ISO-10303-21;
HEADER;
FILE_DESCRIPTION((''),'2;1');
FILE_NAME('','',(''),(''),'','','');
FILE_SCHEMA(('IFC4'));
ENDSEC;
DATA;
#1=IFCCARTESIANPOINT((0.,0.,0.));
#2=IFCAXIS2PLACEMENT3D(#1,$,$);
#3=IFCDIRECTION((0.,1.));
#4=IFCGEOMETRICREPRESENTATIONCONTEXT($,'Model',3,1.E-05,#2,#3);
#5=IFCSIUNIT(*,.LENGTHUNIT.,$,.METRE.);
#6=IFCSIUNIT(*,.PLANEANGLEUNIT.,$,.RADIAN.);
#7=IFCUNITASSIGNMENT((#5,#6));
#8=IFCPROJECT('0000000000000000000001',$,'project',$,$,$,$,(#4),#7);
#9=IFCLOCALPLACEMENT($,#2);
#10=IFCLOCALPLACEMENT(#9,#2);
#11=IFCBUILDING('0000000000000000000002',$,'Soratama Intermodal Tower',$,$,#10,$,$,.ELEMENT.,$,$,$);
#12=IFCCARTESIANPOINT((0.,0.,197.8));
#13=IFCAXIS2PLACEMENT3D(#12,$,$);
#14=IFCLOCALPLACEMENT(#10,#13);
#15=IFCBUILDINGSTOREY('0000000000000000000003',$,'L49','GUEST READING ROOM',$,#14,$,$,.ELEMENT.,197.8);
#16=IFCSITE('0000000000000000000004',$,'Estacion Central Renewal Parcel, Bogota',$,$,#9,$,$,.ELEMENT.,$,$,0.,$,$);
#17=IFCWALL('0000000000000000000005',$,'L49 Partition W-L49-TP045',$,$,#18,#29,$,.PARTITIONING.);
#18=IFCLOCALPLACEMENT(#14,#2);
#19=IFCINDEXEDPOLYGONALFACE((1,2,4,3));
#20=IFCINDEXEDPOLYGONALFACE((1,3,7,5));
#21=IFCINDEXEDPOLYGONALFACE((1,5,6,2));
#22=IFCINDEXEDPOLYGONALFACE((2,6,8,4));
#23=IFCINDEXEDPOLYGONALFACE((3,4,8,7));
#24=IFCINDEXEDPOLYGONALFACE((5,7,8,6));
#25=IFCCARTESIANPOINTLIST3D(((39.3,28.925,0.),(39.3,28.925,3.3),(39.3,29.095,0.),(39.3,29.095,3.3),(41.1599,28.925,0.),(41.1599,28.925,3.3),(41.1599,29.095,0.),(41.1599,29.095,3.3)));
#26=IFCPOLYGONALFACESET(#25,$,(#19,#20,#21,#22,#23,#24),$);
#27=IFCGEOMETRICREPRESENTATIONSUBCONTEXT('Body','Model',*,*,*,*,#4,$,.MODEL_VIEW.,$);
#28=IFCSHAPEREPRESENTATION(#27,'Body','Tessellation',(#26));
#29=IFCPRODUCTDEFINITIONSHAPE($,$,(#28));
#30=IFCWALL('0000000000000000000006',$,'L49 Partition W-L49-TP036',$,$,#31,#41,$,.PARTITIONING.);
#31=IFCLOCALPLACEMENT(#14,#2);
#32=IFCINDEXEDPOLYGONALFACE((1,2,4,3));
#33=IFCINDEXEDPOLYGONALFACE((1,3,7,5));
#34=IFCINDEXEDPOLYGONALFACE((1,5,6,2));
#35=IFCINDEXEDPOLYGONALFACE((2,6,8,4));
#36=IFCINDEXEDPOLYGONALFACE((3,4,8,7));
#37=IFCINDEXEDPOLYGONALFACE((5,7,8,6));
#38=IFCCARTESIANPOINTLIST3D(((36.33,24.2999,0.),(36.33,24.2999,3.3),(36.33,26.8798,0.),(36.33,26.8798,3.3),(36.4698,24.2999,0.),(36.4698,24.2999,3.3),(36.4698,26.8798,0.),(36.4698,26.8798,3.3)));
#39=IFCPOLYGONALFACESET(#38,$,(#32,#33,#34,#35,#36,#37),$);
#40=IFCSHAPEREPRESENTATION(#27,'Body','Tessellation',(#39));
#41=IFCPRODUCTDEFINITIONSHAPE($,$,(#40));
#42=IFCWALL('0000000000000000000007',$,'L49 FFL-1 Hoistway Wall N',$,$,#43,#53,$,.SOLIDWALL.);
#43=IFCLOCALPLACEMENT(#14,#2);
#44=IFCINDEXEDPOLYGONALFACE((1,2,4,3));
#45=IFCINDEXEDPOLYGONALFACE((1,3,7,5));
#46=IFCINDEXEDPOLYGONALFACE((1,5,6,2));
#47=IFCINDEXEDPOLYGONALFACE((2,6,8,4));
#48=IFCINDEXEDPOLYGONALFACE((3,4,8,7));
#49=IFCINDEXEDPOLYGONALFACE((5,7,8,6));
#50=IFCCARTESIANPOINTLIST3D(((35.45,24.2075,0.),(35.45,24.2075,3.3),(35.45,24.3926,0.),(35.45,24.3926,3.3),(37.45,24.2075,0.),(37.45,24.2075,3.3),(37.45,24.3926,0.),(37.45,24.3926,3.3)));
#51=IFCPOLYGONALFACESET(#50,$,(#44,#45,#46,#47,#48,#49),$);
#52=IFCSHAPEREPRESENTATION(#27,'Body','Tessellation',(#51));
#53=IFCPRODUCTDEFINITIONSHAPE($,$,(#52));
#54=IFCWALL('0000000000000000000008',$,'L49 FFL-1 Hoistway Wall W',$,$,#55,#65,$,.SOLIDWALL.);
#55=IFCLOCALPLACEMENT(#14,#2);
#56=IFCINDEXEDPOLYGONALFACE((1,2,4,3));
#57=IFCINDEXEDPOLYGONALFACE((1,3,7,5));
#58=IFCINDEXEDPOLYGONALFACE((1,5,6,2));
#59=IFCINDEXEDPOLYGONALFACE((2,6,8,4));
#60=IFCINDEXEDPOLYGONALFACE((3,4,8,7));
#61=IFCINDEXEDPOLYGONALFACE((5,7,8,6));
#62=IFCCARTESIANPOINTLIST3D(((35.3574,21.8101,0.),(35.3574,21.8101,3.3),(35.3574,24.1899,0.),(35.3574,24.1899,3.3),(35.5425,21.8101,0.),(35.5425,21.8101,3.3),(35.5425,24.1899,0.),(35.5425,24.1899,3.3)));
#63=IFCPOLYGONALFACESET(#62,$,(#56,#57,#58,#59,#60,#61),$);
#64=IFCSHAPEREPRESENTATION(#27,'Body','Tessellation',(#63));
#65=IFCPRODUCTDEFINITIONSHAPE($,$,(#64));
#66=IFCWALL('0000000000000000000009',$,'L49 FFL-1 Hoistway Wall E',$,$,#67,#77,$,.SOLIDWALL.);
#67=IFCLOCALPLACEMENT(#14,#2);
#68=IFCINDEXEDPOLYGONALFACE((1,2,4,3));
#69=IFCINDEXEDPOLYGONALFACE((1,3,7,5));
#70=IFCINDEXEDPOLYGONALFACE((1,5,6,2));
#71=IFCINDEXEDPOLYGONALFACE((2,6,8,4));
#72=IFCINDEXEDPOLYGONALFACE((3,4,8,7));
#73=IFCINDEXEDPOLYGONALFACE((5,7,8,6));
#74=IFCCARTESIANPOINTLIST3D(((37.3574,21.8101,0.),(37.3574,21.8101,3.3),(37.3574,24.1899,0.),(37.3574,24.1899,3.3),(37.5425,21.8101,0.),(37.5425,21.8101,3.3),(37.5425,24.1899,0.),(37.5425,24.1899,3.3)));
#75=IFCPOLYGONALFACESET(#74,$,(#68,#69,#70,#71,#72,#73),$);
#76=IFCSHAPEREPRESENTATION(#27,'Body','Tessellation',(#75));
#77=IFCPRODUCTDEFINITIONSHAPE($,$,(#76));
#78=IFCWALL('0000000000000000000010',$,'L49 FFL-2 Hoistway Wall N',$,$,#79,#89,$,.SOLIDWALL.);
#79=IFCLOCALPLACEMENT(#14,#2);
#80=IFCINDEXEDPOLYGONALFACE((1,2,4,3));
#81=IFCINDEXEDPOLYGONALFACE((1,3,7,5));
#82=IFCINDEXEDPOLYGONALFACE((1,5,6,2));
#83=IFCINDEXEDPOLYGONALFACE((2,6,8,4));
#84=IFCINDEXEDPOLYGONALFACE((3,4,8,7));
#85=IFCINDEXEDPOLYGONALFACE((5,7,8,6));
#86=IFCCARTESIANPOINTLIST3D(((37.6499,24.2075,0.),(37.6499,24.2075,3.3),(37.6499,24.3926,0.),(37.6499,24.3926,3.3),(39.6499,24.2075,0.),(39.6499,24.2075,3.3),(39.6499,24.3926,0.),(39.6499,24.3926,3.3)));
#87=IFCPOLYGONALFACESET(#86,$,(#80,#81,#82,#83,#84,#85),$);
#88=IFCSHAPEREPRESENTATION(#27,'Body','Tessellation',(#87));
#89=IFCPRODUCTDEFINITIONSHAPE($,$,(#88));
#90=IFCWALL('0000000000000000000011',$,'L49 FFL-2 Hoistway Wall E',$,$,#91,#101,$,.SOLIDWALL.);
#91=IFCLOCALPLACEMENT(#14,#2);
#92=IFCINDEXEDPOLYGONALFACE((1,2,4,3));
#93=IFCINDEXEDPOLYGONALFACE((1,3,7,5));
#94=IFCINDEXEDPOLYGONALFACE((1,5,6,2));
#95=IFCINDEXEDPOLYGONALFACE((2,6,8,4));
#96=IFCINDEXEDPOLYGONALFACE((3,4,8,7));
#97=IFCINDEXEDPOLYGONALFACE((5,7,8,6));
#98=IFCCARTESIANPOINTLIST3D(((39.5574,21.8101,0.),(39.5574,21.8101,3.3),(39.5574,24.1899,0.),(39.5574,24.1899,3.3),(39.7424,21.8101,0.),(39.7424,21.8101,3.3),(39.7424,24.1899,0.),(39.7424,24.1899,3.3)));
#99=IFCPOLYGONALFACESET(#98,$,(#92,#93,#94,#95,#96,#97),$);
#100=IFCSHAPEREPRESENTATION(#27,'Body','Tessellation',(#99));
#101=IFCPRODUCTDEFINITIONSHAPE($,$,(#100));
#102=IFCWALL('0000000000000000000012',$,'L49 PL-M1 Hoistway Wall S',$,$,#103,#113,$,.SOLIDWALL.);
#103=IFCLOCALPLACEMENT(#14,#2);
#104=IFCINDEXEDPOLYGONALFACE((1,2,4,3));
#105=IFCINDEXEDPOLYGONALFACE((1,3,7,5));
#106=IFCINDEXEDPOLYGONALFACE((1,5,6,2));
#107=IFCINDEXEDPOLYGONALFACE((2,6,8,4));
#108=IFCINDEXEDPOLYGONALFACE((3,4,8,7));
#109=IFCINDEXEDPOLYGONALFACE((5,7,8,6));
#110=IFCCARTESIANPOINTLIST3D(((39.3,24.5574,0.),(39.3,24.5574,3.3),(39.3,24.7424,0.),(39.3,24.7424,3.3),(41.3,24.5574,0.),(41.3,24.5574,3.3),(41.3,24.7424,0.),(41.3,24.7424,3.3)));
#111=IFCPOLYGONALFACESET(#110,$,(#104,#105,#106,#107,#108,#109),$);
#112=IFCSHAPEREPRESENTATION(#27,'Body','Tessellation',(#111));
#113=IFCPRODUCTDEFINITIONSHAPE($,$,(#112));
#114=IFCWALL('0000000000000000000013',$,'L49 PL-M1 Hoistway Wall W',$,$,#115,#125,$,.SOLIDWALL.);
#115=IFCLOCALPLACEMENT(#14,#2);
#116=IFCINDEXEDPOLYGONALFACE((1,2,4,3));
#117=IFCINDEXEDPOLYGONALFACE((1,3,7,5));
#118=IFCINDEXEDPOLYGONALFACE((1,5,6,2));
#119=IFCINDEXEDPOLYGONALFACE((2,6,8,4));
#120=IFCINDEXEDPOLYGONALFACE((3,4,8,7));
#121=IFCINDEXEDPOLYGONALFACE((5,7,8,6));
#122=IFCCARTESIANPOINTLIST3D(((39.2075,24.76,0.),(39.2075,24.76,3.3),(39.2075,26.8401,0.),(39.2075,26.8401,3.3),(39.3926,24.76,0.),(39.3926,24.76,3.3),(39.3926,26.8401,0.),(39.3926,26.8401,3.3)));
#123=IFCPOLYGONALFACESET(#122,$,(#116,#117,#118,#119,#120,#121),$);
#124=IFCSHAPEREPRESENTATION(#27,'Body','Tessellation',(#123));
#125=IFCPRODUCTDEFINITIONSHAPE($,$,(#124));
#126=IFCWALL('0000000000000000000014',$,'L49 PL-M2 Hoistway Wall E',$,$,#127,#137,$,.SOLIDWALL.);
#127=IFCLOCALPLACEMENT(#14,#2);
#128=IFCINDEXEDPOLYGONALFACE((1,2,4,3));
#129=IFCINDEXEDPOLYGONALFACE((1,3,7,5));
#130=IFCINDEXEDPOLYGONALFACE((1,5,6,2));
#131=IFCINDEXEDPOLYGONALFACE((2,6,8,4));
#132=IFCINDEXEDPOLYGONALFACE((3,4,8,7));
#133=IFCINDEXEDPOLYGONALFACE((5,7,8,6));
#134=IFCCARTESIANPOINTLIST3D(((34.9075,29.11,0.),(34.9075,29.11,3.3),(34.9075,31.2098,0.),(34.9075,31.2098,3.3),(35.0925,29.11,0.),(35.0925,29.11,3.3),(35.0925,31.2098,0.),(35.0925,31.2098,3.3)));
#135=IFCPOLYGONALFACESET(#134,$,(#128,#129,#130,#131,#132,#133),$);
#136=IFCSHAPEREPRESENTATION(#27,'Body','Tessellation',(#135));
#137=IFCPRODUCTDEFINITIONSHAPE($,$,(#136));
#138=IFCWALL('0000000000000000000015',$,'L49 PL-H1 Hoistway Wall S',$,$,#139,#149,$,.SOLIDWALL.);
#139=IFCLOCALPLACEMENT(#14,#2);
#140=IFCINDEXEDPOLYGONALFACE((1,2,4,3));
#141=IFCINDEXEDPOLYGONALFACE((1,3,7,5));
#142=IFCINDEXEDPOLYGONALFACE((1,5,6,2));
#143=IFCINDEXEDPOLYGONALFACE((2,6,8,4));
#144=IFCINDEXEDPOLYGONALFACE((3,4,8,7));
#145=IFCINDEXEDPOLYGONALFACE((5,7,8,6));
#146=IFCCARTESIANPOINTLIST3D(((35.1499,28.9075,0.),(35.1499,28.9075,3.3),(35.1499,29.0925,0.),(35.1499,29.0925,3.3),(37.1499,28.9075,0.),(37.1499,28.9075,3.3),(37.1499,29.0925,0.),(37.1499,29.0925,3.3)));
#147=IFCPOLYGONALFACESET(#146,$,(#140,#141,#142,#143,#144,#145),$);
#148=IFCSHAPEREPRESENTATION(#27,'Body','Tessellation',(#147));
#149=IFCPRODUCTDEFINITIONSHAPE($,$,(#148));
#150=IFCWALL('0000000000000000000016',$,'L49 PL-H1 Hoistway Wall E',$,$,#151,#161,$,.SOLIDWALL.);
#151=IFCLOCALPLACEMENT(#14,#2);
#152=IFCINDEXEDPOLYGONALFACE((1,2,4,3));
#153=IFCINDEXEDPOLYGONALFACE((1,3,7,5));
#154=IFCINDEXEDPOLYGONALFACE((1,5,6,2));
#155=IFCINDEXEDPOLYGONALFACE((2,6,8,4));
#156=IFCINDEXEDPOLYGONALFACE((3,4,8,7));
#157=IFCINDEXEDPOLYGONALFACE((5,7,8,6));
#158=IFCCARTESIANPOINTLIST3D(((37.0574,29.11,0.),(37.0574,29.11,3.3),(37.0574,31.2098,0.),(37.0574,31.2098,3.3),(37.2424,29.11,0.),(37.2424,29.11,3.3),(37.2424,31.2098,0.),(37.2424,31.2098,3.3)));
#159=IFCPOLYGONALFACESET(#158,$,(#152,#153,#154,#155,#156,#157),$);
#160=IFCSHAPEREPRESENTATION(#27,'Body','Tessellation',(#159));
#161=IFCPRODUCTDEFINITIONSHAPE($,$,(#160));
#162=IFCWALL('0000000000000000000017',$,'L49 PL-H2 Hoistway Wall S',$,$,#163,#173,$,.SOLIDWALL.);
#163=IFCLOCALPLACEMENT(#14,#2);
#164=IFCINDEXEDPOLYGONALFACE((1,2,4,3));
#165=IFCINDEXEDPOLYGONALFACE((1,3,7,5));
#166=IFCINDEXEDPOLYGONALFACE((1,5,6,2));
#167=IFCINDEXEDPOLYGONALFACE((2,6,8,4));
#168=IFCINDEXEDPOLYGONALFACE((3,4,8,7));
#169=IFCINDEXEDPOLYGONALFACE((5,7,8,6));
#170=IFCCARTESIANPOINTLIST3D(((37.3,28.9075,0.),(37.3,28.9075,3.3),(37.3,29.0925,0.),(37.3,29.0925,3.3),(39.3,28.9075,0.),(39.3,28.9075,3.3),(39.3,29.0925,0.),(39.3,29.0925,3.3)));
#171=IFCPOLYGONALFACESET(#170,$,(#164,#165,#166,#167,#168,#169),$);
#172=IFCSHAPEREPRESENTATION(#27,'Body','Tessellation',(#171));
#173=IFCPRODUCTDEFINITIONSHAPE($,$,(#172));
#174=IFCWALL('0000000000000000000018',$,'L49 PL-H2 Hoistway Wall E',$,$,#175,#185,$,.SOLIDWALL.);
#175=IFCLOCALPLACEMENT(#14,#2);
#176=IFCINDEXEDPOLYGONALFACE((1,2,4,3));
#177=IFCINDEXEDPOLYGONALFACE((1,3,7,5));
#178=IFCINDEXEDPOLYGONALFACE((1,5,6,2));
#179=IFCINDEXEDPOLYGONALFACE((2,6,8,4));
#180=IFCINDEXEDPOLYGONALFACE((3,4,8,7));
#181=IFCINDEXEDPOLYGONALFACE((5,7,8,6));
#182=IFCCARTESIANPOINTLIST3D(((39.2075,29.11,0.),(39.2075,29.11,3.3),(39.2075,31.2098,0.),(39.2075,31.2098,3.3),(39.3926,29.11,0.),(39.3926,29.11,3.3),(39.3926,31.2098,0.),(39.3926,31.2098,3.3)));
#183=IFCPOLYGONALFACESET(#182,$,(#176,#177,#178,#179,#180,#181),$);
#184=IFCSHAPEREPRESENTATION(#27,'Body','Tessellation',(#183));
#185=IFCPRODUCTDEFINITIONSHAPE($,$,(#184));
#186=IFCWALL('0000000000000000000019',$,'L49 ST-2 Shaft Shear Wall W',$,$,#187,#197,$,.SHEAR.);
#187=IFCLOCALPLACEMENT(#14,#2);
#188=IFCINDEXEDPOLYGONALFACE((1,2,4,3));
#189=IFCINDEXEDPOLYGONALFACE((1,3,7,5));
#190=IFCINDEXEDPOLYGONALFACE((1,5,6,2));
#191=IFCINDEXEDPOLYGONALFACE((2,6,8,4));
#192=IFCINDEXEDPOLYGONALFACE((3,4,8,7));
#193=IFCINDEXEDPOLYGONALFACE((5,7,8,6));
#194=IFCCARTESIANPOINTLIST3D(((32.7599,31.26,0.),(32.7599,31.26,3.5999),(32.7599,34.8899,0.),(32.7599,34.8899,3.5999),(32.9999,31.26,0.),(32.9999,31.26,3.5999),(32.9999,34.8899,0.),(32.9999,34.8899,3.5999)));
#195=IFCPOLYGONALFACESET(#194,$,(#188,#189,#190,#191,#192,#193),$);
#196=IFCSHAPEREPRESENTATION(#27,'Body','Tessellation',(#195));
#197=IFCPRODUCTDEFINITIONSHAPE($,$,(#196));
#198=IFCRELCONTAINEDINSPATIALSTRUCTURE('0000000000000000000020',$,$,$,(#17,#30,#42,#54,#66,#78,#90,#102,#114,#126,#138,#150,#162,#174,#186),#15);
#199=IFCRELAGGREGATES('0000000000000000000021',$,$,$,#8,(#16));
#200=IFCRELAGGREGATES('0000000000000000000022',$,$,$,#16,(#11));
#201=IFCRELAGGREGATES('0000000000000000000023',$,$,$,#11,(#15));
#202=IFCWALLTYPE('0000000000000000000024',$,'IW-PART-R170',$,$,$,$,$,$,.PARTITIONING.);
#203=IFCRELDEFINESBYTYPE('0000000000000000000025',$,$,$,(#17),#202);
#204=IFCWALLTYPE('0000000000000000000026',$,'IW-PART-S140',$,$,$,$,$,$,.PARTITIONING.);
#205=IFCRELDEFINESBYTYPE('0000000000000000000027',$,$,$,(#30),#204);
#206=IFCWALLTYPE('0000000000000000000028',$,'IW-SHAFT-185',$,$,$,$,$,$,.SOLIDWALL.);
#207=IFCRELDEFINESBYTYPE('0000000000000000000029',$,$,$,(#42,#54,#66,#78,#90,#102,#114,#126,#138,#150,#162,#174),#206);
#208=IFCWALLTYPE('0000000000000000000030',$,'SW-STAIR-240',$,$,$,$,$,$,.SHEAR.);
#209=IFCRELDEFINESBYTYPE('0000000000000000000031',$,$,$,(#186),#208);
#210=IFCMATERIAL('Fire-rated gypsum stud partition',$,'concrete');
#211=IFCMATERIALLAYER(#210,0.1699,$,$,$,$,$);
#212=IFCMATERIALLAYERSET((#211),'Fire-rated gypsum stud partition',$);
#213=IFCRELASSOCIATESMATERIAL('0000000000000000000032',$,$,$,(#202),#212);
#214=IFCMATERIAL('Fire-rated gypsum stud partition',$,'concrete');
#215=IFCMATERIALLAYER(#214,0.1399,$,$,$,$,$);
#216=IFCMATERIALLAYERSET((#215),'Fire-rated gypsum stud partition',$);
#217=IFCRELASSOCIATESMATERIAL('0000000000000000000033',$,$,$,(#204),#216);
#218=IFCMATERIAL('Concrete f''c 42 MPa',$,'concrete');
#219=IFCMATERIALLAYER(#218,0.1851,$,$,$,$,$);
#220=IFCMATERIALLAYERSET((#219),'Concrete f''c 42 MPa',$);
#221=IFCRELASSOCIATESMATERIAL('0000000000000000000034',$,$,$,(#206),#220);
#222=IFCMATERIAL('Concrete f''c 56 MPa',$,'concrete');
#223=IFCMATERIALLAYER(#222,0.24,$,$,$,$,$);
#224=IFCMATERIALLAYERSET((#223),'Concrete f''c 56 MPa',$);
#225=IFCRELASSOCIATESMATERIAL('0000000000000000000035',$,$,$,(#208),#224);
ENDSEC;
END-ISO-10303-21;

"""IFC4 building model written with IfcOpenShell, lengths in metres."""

from ifc_helpers import new_model, si_unit, direction, frame, frame_2d, origin, place, context, subcontext, project, spatial, rectangle, extrude, material, layer, layer_set, type_object, element, save


model = new_model("IFC4")

# Units and contexts
model_context = context("Model", 3, precision=1e-05, world=origin(), true_north=direction((0.0, 1.0)))
body_context = subcontext(model_context, "Body", "Model", "MODEL_VIEW")
ifc_project = project(units=[si_unit("LENGTHUNIT", "METRE"), si_unit("PLANEANGLEUNIT", "RADIAN")], contexts=[model_context])

# Site, building, storey
site_placement = place(None, origin())
site = spatial("IfcSite", under=ifc_project, at=site_placement, Name="Estacion Central Renewal Parcel, Bogota", CompositionType="ELEMENT", RefElevation=0.0)
building_placement = place(site_placement, origin())
building = spatial("IfcBuilding", under=site, at=building_placement, Name="Soratama Intermodal Tower", CompositionType="ELEMENT")
storey_placement = place(building_placement, frame((0.0, 0.0, 197.8)))
storey = spatial("IfcBuildingStorey", under=building, at=storey_placement, Name="L49", Description="GUEST READING ROOM", CompositionType="ELEMENT", Elevation=197.8)

# Shared definitions
ifc_material_1 = material(Name="Fire-rated gypsum stud partition", Category="concrete")
ifc_layer_1 = layer(ifc_material_1, 0.1699)
ifc_layer_set_1 = layer_set([ifc_layer_1], Name="Fire-rated gypsum stud partition")
wall_type_1 = type_object("IfcWallType", Name="IW-PART-R170", PredefinedType="PARTITIONING", material=ifc_layer_set_1)

# Walls
wall_1_placement = place(storey_placement, frame((39.3, 29.01, 0.0), z_axis=(0.0, 0.0, 1.0), x_axis=(1.0, 0.0, 0.0)))
element("IfcWall", 1, at=wall_1_placement, inside=storey, type_object=wall_type_1, Name="L49 Partition W-L49-TP045", PredefinedType="PARTITIONING", context=body_context, shape_type="SweptSolid", body=[
    extrude(rectangle(XDim=1.8599, YDim=0.1699, at=frame_2d((0.9299, 0.0))), origin(), (0.0, 0.0, 1.0), 3.3),
])
ifc_material_2 = material(Name="Fire-rated gypsum stud partition", Category="concrete")
ifc_layer_2 = layer(ifc_material_2, 0.1399)
ifc_layer_set_2 = layer_set([ifc_layer_2], Name="Fire-rated gypsum stud partition")
wall_type_2 = type_object("IfcWallType", Name="IW-PART-S140", PredefinedType="PARTITIONING", material=ifc_layer_set_2)
wall_2_placement = place(storey_placement, frame((36.3999, 26.8799, 0.0), z_axis=(0.0, 0.0, 1.0), x_axis=(0.0, -1.0, 0.0)))
element("IfcWall", 2, at=wall_2_placement, inside=storey, type_object=wall_type_2, Name="L49 Partition W-L49-TP036", PredefinedType="PARTITIONING", context=body_context, shape_type="SweptSolid", body=[
    extrude(rectangle(XDim=2.5798, YDim=0.1399, at=frame_2d((1.29, 0.0))), origin(), (0.0, 0.0, 1.0), 3.3),
])
ifc_material_3 = material(Name="Concrete f'c 42 MPa", Category="concrete")
ifc_layer_3 = layer(ifc_material_3, 0.1851)
ifc_layer_set_3 = layer_set([ifc_layer_3], Name="Concrete f'c 42 MPa")
wall_type_3 = type_object("IfcWallType", Name="IW-SHAFT-185", PredefinedType="SOLIDWALL", material=ifc_layer_set_3)
wall_3_placement = place(storey_placement, frame((35.45, 24.3, 0.0), z_axis=(0.0, 0.0, 1.0), x_axis=(1.0, 0.0, 0.0)))
element("IfcWall", 3, at=wall_3_placement, inside=storey, type_object=wall_type_3, Name="L49 FFL-1 Hoistway Wall N", PredefinedType="SOLIDWALL", context=body_context, shape_type="SweptSolid", body=[
    extrude(rectangle(XDim=2.0, YDim=0.1851, at=frame_2d((1.0, 0.0))), origin(), (0.0, 0.0, 1.0), 3.3),
])
for number, where, z_axis, x_axis, name in (
    (4, (35.45, 21.8101, 0.0), (0.0, 0.0, 1.0), (0.0, 1.0, 0.0), "L49 FFL-1 Hoistway Wall W"),
    (5, (37.45, 21.8101, 0.0), (0.0, 0.0, 1.0), (0.0, 1.0, 0.0), "L49 FFL-1 Hoistway Wall E"),
):
    element("IfcWall", number, at=place(storey_placement, frame(where, z_axis=z_axis, x_axis=x_axis)), inside=storey, type_object=wall_type_3, Name=name, PredefinedType="SOLIDWALL", context=body_context, shape_type="SweptSolid", body=[
        extrude(rectangle(XDim=2.3799, YDim=0.1851, at=frame_2d((1.1899, 0.0))), origin(), (0.0, 0.0, 1.0), 3.3),
    ])
wall_4_placement = place(storey_placement, frame((37.6499, 24.3, 0.0), z_axis=(0.0, 0.0, 1.0), x_axis=(1.0, 0.0, 0.0)))
element("IfcWall", 6, at=wall_4_placement, inside=storey, type_object=wall_type_3, Name="L49 FFL-2 Hoistway Wall N", PredefinedType="SOLIDWALL", context=body_context, shape_type="SweptSolid", body=[
    extrude(rectangle(XDim=2.0, YDim=0.1851, at=frame_2d((1.0, 0.0))), origin(), (0.0, 0.0, 1.0), 3.3),
])
wall_5_placement = place(storey_placement, frame((39.6499, 21.8101, 0.0), z_axis=(0.0, 0.0, 1.0), x_axis=(0.0, 1.0, 0.0)))
element("IfcWall", 7, at=wall_5_placement, inside=storey, type_object=wall_type_3, Name="L49 FFL-2 Hoistway Wall E", PredefinedType="SOLIDWALL", context=body_context, shape_type="SweptSolid", body=[
    extrude(rectangle(XDim=2.3799, YDim=0.1851, at=frame_2d((1.1899, 0.0))), origin(), (0.0, 0.0, 1.0), 3.3),
])
wall_6_placement = place(storey_placement, frame((39.3, 24.6499, 0.0), z_axis=(0.0, 0.0, 1.0), x_axis=(1.0, 0.0, 0.0)))
element("IfcWall", 8, at=wall_6_placement, inside=storey, type_object=wall_type_3, Name="L49 PL-M1 Hoistway Wall S", PredefinedType="SOLIDWALL", context=body_context, shape_type="SweptSolid", body=[
    extrude(rectangle(XDim=2.0, YDim=0.1851, at=frame_2d((1.0, 0.0))), origin(), (0.0, 0.0, 1.0), 3.3),
])

# Walls
wall_7_placement = place(storey_placement, frame((39.3, 24.76, 0.0), z_axis=(0.0, 0.0, 1.0), x_axis=(0.0, 1.0, 0.0)))
element("IfcWall", 9, at=wall_7_placement, inside=storey, type_object=wall_type_3, Name="L49 PL-M1 Hoistway Wall W", PredefinedType="SOLIDWALL", context=body_context, shape_type="SweptSolid", body=[
    extrude(rectangle(XDim=2.0801, YDim=0.1851, at=frame_2d((1.04, 0.0))), origin(), (0.0, 0.0, 1.0), 3.3),
])
wall_8_placement = place(storey_placement, frame((35.0, 29.1101, 0.0), z_axis=(0.0, 0.0, 1.0), x_axis=(0.0, 1.0, 0.0)))
element("IfcWall", 10, at=wall_8_placement, inside=storey, type_object=wall_type_3, Name="L49 PL-M2 Hoistway Wall E", PredefinedType="SOLIDWALL", context=body_context, shape_type="SweptSolid", body=[
    extrude(rectangle(XDim=2.0999, YDim=0.1851, at=frame_2d((1.0498, 0.0))), origin(), (0.0, 0.0, 1.0), 3.3),
])
wall_9_placement = place(storey_placement, frame((35.1499, 29.0, 0.0), z_axis=(0.0, 0.0, 1.0), x_axis=(1.0, 0.0, 0.0)))
element("IfcWall", 11, at=wall_9_placement, inside=storey, type_object=wall_type_3, Name="L49 PL-H1 Hoistway Wall S", PredefinedType="SOLIDWALL", context=body_context, shape_type="SweptSolid", body=[
    extrude(rectangle(XDim=2.0, YDim=0.1851, at=frame_2d((1.0, 0.0))), origin(), (0.0, 0.0, 1.0), 3.3),
])
wall_10_placement = place(storey_placement, frame((37.1499, 29.1101, 0.0), z_axis=(0.0, 0.0, 1.0), x_axis=(0.0, 1.0, 0.0)))
element("IfcWall", 12, at=wall_10_placement, inside=storey, type_object=wall_type_3, Name="L49 PL-H1 Hoistway Wall E", PredefinedType="SOLIDWALL", context=body_context, shape_type="SweptSolid", body=[
    extrude(rectangle(XDim=2.0999, YDim=0.1851, at=frame_2d((1.0498, 0.0))), origin(), (0.0, 0.0, 1.0), 3.3),
])
wall_11_placement = place(storey_placement, frame((37.3, 29.0, 0.0), z_axis=(0.0, 0.0, 1.0), x_axis=(1.0, 0.0, 0.0)))
element("IfcWall", 13, at=wall_11_placement, inside=storey, type_object=wall_type_3, Name="L49 PL-H2 Hoistway Wall S", PredefinedType="SOLIDWALL", context=body_context, shape_type="SweptSolid", body=[
    extrude(rectangle(XDim=2.0, YDim=0.1851, at=frame_2d((1.0, 0.0))), origin(), (0.0, 0.0, 1.0), 3.3),
])
wall_12_placement = place(storey_placement, frame((39.3, 29.1101, 0.0), z_axis=(0.0, 0.0, 1.0), x_axis=(0.0, 1.0, 0.0)))
element("IfcWall", 14, at=wall_12_placement, inside=storey, type_object=wall_type_3, Name="L49 PL-H2 Hoistway Wall E", PredefinedType="SOLIDWALL", context=body_context, shape_type="SweptSolid", body=[
    extrude(rectangle(XDim=2.0999, YDim=0.1851, at=frame_2d((1.0498, 0.0))), origin(), (0.0, 0.0, 1.0), 3.3),
])
ifc_material_4 = material(Name="Concrete f'c 56 MPa", Category="concrete")
ifc_layer_4 = layer(ifc_material_4, 0.24)
ifc_layer_set_4 = layer_set([ifc_layer_4], Name="Concrete f'c 56 MPa")
wall_type_4 = type_object("IfcWallType", Name="SW-STAIR-240", PredefinedType="SHEAR", material=ifc_layer_set_4)
wall_13_placement = place(storey_placement, frame((32.8799, 31.26, 0.0), z_axis=(0.0, 0.0, 1.0), x_axis=(0.0, 1.0, 0.0)))
element("IfcWall", 15, at=wall_13_placement, inside=storey, type_object=wall_type_4, Name="L49 ST-2 Shaft Shear Wall W", PredefinedType="SHEAR", context=body_context, shape_type="SweptSolid", body=[
    extrude(rectangle(XDim=3.6299, YDim=0.24, at=frame_2d((1.8149, 0.0))), origin(), (0.0, 0.0, 1.0), 3.5999),
])

save(model, "model.ifc")
